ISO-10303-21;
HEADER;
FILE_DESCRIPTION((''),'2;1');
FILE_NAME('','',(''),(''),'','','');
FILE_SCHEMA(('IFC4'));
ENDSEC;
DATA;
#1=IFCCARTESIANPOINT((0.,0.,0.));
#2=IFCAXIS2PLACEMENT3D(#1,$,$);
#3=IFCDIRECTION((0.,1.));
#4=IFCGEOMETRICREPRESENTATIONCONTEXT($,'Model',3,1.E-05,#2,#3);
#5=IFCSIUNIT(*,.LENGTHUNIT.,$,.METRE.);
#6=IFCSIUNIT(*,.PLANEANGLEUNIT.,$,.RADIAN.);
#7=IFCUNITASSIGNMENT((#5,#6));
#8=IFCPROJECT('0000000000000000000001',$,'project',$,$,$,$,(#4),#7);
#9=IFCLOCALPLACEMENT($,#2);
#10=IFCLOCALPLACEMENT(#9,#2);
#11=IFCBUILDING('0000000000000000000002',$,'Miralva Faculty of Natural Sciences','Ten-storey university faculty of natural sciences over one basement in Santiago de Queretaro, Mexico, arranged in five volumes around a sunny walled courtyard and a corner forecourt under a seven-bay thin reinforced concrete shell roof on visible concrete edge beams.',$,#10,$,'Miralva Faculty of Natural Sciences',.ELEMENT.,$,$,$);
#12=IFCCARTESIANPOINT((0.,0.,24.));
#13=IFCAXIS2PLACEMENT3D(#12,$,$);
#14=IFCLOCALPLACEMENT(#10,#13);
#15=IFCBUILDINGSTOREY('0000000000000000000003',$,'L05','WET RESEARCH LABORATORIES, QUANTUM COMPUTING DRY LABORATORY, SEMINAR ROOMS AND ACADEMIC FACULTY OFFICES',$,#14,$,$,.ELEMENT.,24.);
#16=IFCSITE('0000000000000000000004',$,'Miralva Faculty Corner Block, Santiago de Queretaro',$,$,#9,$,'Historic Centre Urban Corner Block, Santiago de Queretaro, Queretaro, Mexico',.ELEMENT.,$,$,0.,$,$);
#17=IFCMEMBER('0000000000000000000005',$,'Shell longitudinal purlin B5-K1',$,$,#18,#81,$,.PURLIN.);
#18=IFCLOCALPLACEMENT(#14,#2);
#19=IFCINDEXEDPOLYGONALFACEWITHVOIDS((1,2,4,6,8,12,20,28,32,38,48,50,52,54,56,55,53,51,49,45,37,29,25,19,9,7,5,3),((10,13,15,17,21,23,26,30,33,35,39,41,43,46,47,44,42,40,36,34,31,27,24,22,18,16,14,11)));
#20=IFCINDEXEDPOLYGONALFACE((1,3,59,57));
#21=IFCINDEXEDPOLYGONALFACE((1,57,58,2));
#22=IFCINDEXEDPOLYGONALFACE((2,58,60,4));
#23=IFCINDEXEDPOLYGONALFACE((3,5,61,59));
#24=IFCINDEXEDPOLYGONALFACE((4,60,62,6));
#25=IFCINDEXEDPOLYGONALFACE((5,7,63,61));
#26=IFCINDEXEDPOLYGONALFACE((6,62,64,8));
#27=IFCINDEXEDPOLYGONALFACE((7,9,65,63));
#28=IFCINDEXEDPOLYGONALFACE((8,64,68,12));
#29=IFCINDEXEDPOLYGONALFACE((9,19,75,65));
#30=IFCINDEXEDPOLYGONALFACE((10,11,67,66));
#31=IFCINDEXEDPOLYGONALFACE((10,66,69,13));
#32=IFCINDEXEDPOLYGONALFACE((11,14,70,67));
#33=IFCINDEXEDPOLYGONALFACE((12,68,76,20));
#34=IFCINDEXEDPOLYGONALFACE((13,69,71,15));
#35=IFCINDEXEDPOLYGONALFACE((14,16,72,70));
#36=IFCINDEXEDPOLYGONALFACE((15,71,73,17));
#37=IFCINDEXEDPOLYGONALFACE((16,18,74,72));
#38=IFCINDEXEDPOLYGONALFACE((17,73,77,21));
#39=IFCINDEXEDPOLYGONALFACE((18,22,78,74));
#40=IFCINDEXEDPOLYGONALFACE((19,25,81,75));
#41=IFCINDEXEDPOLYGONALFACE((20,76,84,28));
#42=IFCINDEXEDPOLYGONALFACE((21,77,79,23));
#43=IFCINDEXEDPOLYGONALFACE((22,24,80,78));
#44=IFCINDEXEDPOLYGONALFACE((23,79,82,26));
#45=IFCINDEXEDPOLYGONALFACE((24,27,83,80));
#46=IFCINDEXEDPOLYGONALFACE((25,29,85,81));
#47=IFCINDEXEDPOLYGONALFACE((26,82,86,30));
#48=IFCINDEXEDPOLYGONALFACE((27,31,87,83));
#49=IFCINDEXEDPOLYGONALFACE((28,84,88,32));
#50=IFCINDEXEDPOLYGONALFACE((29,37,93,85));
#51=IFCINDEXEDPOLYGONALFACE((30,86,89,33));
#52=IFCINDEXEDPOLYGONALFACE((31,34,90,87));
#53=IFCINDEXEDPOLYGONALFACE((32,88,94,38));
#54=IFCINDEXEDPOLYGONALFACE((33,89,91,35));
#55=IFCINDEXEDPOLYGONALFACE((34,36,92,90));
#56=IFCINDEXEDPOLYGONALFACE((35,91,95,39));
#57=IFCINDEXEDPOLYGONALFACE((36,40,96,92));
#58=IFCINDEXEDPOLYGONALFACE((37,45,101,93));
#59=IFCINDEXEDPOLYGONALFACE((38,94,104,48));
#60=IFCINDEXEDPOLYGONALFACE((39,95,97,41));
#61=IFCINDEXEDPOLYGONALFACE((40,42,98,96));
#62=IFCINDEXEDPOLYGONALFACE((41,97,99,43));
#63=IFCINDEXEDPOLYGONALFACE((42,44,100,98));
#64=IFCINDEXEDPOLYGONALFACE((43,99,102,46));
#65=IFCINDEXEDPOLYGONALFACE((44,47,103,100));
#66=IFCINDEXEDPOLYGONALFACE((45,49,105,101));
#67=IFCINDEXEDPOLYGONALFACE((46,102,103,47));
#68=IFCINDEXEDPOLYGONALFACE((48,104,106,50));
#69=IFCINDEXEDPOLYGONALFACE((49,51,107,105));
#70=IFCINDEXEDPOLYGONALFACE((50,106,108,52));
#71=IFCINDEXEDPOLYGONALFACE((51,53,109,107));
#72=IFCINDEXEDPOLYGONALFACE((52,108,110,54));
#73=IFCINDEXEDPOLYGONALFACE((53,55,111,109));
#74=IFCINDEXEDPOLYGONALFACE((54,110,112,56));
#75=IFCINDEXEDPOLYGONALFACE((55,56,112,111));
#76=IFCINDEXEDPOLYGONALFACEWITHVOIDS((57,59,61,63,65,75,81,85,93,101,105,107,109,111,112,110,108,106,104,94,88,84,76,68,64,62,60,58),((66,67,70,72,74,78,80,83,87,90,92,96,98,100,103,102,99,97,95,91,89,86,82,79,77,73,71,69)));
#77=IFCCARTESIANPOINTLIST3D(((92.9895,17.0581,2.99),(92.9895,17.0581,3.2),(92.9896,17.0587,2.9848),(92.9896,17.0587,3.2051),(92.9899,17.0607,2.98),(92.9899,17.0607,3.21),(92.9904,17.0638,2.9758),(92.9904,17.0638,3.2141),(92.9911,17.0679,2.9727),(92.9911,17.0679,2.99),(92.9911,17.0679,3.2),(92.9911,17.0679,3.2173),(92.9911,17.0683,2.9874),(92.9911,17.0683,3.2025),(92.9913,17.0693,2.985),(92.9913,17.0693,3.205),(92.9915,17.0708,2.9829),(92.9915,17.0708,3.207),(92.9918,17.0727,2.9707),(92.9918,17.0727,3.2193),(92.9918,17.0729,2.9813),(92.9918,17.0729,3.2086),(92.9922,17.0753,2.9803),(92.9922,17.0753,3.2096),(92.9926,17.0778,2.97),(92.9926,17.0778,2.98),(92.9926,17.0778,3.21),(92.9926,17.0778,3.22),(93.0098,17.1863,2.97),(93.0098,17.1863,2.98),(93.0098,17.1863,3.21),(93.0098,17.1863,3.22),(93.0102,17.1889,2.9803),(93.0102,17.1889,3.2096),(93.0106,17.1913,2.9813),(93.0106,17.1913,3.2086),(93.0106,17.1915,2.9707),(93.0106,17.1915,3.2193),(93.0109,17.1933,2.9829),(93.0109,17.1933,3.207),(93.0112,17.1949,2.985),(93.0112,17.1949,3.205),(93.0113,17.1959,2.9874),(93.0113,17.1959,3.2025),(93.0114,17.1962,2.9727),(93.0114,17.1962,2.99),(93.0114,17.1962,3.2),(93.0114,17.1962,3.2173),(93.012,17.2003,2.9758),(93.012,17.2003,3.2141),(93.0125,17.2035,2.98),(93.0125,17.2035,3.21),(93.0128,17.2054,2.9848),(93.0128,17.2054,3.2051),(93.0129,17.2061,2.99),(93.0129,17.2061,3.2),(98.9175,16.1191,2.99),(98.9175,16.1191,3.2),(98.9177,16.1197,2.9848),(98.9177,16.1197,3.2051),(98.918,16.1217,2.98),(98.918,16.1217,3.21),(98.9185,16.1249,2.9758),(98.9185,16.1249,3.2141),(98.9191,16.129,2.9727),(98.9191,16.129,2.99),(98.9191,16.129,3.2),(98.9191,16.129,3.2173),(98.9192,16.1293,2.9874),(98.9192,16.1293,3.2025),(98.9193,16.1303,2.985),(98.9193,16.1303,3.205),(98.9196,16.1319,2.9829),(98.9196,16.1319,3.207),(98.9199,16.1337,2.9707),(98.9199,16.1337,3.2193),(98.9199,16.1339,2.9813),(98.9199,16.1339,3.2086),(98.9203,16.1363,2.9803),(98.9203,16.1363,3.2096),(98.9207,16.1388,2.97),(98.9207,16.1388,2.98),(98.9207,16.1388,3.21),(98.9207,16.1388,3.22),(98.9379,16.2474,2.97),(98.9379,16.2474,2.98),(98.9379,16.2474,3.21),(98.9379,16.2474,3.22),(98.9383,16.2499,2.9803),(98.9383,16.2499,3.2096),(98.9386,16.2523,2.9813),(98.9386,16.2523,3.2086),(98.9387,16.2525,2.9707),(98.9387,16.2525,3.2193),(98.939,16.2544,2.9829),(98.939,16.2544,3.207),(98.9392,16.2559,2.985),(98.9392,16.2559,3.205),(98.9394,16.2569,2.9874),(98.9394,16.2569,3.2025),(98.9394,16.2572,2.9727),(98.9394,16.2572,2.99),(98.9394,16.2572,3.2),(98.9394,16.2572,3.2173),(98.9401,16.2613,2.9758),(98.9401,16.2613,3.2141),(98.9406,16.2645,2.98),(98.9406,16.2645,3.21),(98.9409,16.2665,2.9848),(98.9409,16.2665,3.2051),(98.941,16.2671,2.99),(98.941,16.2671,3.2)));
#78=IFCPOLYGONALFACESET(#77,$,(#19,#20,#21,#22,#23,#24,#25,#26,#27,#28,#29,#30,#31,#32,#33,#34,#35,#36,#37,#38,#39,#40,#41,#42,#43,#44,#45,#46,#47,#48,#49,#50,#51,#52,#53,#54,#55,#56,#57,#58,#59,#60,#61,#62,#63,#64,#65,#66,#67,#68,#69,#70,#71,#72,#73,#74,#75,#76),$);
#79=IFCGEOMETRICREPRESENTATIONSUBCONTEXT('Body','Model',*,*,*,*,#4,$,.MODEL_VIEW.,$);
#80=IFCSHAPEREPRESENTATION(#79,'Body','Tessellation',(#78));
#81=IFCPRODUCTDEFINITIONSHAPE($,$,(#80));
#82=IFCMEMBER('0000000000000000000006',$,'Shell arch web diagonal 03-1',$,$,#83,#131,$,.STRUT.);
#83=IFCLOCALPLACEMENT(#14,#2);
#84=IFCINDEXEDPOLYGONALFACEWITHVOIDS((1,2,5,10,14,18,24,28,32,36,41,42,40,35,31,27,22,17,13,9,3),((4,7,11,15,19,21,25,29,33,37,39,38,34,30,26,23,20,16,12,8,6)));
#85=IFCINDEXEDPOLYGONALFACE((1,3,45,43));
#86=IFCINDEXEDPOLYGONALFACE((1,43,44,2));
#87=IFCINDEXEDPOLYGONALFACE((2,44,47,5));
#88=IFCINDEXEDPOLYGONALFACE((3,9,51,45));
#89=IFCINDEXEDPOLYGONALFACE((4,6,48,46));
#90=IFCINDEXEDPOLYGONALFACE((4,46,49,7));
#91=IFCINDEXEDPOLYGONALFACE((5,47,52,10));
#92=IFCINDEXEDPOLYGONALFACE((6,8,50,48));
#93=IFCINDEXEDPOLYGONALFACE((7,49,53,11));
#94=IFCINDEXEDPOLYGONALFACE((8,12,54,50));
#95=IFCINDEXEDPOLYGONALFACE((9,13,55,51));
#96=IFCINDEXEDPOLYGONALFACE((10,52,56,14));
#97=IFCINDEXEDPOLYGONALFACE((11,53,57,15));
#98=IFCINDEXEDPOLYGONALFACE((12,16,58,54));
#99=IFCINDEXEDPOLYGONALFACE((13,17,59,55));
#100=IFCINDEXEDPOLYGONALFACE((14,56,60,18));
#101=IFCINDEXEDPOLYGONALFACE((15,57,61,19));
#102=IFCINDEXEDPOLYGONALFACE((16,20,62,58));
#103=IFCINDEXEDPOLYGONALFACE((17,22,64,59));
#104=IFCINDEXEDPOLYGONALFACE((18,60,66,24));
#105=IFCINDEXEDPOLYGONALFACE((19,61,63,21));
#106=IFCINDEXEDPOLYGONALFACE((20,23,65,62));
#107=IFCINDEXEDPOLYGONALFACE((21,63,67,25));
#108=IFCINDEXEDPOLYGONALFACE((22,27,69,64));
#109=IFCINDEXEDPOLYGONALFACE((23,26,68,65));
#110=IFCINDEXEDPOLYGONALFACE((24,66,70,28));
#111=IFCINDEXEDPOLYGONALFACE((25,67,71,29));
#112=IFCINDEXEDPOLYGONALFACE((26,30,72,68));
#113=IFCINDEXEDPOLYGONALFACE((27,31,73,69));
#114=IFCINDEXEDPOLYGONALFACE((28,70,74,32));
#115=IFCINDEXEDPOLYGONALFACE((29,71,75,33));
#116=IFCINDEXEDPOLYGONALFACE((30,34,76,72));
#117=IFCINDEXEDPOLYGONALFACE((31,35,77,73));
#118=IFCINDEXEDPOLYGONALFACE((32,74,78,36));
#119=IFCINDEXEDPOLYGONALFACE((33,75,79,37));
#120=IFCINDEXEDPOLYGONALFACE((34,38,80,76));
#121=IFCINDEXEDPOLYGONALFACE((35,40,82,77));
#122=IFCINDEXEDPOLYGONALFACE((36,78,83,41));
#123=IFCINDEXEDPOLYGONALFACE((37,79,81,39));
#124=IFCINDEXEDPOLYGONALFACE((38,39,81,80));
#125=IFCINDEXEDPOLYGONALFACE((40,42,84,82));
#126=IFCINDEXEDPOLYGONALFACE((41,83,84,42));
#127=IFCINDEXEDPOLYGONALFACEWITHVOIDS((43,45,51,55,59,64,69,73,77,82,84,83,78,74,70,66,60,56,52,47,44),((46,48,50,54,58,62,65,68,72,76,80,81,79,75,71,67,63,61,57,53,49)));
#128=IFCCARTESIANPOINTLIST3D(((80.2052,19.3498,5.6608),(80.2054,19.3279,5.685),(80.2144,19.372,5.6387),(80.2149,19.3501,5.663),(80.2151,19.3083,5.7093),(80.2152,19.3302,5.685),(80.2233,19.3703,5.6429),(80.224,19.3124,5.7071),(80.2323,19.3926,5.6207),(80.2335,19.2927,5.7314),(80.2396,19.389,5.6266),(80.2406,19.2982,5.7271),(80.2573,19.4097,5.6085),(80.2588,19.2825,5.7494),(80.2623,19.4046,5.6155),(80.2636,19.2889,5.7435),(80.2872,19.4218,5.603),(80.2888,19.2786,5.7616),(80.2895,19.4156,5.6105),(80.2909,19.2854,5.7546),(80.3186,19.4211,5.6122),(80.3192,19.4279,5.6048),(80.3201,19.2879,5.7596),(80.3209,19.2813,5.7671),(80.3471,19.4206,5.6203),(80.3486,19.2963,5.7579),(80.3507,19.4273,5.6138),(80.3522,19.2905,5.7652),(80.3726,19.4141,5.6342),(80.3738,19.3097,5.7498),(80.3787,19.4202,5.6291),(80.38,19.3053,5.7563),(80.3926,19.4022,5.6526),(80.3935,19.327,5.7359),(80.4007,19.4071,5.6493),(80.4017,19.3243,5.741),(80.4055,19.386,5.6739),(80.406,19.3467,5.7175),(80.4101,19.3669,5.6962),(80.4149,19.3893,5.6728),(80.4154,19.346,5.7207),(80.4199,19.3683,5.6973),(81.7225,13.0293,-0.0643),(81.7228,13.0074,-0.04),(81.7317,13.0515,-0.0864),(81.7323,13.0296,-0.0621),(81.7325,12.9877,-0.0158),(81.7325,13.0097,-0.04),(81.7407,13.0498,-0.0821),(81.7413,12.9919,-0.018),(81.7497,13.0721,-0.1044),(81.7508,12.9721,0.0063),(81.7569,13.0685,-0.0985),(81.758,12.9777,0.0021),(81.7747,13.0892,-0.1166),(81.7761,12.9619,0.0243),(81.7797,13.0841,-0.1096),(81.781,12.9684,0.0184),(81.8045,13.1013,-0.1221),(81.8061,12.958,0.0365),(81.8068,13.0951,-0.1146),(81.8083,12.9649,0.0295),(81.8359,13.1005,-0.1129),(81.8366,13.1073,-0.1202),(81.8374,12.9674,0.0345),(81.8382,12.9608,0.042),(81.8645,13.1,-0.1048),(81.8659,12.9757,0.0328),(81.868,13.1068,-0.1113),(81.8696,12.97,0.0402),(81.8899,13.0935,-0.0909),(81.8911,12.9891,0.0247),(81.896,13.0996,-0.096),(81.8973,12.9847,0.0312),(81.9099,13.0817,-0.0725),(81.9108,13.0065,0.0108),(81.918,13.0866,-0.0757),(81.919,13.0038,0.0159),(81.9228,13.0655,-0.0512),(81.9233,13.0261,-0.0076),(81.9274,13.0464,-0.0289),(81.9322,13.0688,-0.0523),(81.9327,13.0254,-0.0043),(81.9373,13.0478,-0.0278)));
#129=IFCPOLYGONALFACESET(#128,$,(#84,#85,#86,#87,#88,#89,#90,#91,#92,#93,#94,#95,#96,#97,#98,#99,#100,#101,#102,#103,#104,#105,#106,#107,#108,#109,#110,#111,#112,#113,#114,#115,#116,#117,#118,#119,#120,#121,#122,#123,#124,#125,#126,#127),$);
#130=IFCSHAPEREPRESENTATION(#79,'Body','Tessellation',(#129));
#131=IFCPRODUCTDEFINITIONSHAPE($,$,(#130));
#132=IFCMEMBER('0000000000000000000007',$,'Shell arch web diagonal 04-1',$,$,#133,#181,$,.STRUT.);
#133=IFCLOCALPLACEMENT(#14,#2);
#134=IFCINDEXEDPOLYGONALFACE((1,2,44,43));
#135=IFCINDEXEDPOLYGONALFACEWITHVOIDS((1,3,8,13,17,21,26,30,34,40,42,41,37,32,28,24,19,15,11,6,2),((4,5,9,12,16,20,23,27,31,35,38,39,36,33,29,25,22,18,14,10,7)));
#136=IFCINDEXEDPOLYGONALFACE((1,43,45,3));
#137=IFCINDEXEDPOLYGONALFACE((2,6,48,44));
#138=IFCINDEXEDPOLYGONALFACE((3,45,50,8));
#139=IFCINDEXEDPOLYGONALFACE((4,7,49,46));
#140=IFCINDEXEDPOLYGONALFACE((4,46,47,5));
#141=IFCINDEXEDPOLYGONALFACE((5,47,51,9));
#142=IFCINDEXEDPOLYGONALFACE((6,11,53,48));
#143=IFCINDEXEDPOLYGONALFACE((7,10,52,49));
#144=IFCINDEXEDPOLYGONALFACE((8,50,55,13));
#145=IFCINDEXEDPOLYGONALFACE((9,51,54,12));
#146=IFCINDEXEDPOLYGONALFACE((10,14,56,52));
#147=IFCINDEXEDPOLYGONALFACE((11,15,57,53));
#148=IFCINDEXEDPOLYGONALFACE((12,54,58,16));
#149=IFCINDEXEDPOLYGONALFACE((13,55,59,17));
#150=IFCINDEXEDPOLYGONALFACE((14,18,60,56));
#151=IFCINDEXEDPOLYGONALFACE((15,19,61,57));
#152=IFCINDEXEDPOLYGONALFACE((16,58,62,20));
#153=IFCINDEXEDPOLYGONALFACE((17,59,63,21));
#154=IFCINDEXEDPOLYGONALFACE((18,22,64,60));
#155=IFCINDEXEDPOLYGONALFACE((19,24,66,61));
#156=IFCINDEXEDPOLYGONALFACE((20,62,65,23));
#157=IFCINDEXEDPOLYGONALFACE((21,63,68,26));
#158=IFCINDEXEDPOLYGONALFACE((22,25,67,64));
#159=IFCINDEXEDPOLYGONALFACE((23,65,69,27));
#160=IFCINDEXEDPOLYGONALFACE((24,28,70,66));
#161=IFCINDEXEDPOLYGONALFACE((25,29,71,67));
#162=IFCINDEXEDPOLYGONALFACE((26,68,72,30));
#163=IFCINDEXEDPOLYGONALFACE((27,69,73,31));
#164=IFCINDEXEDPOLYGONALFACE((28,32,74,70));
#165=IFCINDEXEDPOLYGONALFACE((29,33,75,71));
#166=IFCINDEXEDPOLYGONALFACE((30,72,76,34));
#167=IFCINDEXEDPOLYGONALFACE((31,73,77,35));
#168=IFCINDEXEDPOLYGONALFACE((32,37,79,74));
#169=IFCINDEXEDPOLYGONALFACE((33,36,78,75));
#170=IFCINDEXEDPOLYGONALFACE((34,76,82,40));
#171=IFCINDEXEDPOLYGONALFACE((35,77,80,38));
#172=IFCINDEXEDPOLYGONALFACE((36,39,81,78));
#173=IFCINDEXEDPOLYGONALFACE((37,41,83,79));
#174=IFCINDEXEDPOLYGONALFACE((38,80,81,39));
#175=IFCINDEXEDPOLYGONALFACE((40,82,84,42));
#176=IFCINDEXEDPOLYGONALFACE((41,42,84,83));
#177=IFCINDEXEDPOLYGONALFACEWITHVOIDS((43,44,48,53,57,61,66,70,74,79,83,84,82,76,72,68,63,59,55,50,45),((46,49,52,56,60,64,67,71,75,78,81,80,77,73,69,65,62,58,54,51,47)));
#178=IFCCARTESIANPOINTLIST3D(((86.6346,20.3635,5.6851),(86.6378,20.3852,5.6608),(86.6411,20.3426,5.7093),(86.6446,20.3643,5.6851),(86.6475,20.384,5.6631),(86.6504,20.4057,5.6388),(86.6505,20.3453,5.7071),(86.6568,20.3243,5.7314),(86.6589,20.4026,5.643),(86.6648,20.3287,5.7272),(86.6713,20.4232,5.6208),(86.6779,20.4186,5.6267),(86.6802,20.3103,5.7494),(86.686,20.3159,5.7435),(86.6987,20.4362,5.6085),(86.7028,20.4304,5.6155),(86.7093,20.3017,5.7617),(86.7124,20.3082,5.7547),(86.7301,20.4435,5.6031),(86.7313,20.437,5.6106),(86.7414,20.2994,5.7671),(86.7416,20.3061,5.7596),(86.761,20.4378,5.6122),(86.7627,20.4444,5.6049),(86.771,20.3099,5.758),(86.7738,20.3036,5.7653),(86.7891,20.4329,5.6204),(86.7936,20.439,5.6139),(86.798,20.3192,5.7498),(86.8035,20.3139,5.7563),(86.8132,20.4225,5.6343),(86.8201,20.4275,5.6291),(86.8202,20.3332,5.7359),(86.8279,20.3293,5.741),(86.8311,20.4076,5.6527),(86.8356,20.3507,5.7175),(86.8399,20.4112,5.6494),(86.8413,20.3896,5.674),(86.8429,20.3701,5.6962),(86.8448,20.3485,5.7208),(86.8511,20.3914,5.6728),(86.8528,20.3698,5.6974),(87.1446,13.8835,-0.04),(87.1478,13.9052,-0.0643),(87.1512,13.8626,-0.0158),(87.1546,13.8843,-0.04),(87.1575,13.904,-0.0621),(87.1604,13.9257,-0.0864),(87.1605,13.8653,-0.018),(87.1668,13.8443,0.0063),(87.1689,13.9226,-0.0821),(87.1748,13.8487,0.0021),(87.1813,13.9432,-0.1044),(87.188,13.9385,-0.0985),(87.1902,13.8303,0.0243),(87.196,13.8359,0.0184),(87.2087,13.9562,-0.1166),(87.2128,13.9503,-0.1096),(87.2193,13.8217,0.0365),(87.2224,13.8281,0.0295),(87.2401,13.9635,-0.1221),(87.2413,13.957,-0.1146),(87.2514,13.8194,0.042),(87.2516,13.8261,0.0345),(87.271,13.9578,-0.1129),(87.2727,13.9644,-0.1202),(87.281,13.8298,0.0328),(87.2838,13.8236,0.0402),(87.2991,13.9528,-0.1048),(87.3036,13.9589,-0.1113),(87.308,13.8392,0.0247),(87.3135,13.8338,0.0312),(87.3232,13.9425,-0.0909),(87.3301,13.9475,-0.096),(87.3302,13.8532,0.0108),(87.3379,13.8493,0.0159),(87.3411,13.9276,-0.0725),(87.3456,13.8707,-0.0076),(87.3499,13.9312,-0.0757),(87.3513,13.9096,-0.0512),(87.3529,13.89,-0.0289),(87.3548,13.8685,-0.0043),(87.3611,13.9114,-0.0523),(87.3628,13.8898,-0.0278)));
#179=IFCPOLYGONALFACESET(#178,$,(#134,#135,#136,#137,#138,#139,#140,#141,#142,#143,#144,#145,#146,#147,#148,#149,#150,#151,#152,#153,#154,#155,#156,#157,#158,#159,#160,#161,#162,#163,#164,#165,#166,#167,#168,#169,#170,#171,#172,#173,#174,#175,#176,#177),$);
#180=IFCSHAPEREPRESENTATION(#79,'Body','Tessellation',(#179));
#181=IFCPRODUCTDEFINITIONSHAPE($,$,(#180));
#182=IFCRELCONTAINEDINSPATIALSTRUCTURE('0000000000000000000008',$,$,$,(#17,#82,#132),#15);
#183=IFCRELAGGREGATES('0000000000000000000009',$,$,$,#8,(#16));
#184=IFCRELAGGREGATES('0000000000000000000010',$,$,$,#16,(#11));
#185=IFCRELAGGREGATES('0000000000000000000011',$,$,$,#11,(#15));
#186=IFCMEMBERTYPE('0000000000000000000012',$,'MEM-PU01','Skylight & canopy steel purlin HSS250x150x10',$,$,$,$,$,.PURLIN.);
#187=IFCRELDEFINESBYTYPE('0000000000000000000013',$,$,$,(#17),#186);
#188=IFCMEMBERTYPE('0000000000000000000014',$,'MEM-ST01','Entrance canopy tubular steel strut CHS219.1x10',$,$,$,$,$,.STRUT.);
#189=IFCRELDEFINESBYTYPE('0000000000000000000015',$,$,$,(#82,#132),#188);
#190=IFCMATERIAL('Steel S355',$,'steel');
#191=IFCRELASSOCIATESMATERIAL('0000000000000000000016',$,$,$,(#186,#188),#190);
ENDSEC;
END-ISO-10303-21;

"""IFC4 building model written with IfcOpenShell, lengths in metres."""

from ifc_helpers import new_model, si_unit, direction, frame, origin, origin_2d, place, context, subcontext, project, spatial, hollow_rectangle, hollow_circle, extrude, material, material_profile, profile_set, type_object, element, save


model = new_model("IFC4")

# Units and contexts
model_context = context("Model", 3, precision=1e-05, world=origin(), true_north=direction((0.0, 1.0)))
body_context = subcontext(model_context, "Body", "Model", "MODEL_VIEW")
ifc_project = project(units=[si_unit("LENGTHUNIT", "METRE"), si_unit("PLANEANGLEUNIT", "RADIAN")], contexts=[model_context])

# Site, building, storey
site_placement = place(None, origin())
site = spatial("IfcSite", under=ifc_project, at=site_placement, Name="Miralva Faculty Corner Block, Santiago de Queretaro", LongName="Historic Centre Urban Corner Block, Santiago de Queretaro, Queretaro, Mexico", CompositionType="ELEMENT", RefElevation=0.0)
building_placement = place(site_placement, origin())
building = spatial("IfcBuilding", under=site, at=building_placement, Name="Miralva Faculty of Natural Sciences", Description="Ten-storey university faculty of natural sciences over one basement in Santiago de Queretaro, Mexico, arranged in five volumes around a sunny walled courtyard and a corner forecourt under a seven-bay thin reinforced concrete shell roof on visible concrete edge beams.", LongName="Miralva Faculty of Natural Sciences", CompositionType="ELEMENT")
storey_placement = place(building_placement, frame((0.0, 0.0, 24.0)))
storey = spatial("IfcBuildingStorey", under=building, at=storey_placement, Name="L05", Description="WET RESEARCH LABORATORIES, QUANTUM COMPUTING DRY LABORATORY, SEMINAR ROOMS AND ACADEMIC FACULTY OFFICES", CompositionType="ELEMENT", Elevation=24.0)

# Shared definitions
ifc_material_1 = material(Name="Steel S355", Category="steel")

# Members
ifc_material_profile_1 = material_profile(ifc_material_1, hollow_rectangle(XDim=0.1499, YDim=0.25, WallThickness=0.01, InnerFilletRadius=0.01, OuterFilletRadius=0.02, at=origin_2d()), Name="HSS 250x150x10")
ifc_profile_set_1 = profile_set([ifc_material_profile_1], Name="Steel S355")
member_type_1 = type_object("IfcMemberType", Name="MEM-PU01", Description="Skylight & canopy steel purlin HSS250x150x10", PredefinedType="PURLIN", material=ifc_profile_set_1)
member_1_placement = place(storey_placement, frame((93.0012, 17.1321, 3.095), z_axis=(0.987687, -0.156445, 0.0), x_axis=(0.156445, 0.987687, 0.0)))
element("IfcMember", 1, at=member_1_placement, inside=storey, type_object=member_type_1, Name="Shell longitudinal purlin B5-K1", PredefinedType="PURLIN", context=body_context, shape_type="SweptSolid", body=[
    extrude(hollow_rectangle(XDim=0.1499, YDim=0.25, WallThickness=0.01, InnerFilletRadius=0.01, OuterFilletRadius=0.02, at=origin_2d()), origin(), (0.0, 0.0, 1.0), 6.002),
])
ifc_material_profile_2 = material_profile(ifc_material_1, hollow_circle(Radius=0.1096, WallThickness=0.01, at=origin_2d()), Name="CHS 219.1x10")
ifc_profile_set_2 = profile_set([ifc_material_profile_2], Name="Steel S355")
member_type_2 = type_object("IfcMemberType", Name="MEM-ST01", Description="Entrance canopy tubular steel strut CHS219.1x10", PredefinedType="STRUT", material=ifc_profile_set_2)
for number, where, z_axis, x_axis, name in (
    (2, (81.8293, 13.033, -0.04), (-0.175173, 0.729696, 0.660952), (-0.972373, -0.233431, 0.0), "Shell arch web diagonal 03-1"),
    (3, (87.2539, 13.8921, -0.04), (-0.05888, 0.748109, 0.660958), (-0.996917, -0.078463, 0.0), "Shell arch web diagonal 04-1"),
):
    element("IfcMember", number, at=place(storey_placement, frame(where, z_axis=z_axis, x_axis=x_axis)), inside=storey, type_object=member_type_2, Name=name, PredefinedType="STRUT", context=body_context, shape_type="SweptSolid", body=[
        extrude(hollow_circle(Radius=0.1096, WallThickness=0.01, at=origin_2d()), origin(), (0.0, 0.0, 1.0), 8.6619),
    ])

save(model, "model.ifc")
